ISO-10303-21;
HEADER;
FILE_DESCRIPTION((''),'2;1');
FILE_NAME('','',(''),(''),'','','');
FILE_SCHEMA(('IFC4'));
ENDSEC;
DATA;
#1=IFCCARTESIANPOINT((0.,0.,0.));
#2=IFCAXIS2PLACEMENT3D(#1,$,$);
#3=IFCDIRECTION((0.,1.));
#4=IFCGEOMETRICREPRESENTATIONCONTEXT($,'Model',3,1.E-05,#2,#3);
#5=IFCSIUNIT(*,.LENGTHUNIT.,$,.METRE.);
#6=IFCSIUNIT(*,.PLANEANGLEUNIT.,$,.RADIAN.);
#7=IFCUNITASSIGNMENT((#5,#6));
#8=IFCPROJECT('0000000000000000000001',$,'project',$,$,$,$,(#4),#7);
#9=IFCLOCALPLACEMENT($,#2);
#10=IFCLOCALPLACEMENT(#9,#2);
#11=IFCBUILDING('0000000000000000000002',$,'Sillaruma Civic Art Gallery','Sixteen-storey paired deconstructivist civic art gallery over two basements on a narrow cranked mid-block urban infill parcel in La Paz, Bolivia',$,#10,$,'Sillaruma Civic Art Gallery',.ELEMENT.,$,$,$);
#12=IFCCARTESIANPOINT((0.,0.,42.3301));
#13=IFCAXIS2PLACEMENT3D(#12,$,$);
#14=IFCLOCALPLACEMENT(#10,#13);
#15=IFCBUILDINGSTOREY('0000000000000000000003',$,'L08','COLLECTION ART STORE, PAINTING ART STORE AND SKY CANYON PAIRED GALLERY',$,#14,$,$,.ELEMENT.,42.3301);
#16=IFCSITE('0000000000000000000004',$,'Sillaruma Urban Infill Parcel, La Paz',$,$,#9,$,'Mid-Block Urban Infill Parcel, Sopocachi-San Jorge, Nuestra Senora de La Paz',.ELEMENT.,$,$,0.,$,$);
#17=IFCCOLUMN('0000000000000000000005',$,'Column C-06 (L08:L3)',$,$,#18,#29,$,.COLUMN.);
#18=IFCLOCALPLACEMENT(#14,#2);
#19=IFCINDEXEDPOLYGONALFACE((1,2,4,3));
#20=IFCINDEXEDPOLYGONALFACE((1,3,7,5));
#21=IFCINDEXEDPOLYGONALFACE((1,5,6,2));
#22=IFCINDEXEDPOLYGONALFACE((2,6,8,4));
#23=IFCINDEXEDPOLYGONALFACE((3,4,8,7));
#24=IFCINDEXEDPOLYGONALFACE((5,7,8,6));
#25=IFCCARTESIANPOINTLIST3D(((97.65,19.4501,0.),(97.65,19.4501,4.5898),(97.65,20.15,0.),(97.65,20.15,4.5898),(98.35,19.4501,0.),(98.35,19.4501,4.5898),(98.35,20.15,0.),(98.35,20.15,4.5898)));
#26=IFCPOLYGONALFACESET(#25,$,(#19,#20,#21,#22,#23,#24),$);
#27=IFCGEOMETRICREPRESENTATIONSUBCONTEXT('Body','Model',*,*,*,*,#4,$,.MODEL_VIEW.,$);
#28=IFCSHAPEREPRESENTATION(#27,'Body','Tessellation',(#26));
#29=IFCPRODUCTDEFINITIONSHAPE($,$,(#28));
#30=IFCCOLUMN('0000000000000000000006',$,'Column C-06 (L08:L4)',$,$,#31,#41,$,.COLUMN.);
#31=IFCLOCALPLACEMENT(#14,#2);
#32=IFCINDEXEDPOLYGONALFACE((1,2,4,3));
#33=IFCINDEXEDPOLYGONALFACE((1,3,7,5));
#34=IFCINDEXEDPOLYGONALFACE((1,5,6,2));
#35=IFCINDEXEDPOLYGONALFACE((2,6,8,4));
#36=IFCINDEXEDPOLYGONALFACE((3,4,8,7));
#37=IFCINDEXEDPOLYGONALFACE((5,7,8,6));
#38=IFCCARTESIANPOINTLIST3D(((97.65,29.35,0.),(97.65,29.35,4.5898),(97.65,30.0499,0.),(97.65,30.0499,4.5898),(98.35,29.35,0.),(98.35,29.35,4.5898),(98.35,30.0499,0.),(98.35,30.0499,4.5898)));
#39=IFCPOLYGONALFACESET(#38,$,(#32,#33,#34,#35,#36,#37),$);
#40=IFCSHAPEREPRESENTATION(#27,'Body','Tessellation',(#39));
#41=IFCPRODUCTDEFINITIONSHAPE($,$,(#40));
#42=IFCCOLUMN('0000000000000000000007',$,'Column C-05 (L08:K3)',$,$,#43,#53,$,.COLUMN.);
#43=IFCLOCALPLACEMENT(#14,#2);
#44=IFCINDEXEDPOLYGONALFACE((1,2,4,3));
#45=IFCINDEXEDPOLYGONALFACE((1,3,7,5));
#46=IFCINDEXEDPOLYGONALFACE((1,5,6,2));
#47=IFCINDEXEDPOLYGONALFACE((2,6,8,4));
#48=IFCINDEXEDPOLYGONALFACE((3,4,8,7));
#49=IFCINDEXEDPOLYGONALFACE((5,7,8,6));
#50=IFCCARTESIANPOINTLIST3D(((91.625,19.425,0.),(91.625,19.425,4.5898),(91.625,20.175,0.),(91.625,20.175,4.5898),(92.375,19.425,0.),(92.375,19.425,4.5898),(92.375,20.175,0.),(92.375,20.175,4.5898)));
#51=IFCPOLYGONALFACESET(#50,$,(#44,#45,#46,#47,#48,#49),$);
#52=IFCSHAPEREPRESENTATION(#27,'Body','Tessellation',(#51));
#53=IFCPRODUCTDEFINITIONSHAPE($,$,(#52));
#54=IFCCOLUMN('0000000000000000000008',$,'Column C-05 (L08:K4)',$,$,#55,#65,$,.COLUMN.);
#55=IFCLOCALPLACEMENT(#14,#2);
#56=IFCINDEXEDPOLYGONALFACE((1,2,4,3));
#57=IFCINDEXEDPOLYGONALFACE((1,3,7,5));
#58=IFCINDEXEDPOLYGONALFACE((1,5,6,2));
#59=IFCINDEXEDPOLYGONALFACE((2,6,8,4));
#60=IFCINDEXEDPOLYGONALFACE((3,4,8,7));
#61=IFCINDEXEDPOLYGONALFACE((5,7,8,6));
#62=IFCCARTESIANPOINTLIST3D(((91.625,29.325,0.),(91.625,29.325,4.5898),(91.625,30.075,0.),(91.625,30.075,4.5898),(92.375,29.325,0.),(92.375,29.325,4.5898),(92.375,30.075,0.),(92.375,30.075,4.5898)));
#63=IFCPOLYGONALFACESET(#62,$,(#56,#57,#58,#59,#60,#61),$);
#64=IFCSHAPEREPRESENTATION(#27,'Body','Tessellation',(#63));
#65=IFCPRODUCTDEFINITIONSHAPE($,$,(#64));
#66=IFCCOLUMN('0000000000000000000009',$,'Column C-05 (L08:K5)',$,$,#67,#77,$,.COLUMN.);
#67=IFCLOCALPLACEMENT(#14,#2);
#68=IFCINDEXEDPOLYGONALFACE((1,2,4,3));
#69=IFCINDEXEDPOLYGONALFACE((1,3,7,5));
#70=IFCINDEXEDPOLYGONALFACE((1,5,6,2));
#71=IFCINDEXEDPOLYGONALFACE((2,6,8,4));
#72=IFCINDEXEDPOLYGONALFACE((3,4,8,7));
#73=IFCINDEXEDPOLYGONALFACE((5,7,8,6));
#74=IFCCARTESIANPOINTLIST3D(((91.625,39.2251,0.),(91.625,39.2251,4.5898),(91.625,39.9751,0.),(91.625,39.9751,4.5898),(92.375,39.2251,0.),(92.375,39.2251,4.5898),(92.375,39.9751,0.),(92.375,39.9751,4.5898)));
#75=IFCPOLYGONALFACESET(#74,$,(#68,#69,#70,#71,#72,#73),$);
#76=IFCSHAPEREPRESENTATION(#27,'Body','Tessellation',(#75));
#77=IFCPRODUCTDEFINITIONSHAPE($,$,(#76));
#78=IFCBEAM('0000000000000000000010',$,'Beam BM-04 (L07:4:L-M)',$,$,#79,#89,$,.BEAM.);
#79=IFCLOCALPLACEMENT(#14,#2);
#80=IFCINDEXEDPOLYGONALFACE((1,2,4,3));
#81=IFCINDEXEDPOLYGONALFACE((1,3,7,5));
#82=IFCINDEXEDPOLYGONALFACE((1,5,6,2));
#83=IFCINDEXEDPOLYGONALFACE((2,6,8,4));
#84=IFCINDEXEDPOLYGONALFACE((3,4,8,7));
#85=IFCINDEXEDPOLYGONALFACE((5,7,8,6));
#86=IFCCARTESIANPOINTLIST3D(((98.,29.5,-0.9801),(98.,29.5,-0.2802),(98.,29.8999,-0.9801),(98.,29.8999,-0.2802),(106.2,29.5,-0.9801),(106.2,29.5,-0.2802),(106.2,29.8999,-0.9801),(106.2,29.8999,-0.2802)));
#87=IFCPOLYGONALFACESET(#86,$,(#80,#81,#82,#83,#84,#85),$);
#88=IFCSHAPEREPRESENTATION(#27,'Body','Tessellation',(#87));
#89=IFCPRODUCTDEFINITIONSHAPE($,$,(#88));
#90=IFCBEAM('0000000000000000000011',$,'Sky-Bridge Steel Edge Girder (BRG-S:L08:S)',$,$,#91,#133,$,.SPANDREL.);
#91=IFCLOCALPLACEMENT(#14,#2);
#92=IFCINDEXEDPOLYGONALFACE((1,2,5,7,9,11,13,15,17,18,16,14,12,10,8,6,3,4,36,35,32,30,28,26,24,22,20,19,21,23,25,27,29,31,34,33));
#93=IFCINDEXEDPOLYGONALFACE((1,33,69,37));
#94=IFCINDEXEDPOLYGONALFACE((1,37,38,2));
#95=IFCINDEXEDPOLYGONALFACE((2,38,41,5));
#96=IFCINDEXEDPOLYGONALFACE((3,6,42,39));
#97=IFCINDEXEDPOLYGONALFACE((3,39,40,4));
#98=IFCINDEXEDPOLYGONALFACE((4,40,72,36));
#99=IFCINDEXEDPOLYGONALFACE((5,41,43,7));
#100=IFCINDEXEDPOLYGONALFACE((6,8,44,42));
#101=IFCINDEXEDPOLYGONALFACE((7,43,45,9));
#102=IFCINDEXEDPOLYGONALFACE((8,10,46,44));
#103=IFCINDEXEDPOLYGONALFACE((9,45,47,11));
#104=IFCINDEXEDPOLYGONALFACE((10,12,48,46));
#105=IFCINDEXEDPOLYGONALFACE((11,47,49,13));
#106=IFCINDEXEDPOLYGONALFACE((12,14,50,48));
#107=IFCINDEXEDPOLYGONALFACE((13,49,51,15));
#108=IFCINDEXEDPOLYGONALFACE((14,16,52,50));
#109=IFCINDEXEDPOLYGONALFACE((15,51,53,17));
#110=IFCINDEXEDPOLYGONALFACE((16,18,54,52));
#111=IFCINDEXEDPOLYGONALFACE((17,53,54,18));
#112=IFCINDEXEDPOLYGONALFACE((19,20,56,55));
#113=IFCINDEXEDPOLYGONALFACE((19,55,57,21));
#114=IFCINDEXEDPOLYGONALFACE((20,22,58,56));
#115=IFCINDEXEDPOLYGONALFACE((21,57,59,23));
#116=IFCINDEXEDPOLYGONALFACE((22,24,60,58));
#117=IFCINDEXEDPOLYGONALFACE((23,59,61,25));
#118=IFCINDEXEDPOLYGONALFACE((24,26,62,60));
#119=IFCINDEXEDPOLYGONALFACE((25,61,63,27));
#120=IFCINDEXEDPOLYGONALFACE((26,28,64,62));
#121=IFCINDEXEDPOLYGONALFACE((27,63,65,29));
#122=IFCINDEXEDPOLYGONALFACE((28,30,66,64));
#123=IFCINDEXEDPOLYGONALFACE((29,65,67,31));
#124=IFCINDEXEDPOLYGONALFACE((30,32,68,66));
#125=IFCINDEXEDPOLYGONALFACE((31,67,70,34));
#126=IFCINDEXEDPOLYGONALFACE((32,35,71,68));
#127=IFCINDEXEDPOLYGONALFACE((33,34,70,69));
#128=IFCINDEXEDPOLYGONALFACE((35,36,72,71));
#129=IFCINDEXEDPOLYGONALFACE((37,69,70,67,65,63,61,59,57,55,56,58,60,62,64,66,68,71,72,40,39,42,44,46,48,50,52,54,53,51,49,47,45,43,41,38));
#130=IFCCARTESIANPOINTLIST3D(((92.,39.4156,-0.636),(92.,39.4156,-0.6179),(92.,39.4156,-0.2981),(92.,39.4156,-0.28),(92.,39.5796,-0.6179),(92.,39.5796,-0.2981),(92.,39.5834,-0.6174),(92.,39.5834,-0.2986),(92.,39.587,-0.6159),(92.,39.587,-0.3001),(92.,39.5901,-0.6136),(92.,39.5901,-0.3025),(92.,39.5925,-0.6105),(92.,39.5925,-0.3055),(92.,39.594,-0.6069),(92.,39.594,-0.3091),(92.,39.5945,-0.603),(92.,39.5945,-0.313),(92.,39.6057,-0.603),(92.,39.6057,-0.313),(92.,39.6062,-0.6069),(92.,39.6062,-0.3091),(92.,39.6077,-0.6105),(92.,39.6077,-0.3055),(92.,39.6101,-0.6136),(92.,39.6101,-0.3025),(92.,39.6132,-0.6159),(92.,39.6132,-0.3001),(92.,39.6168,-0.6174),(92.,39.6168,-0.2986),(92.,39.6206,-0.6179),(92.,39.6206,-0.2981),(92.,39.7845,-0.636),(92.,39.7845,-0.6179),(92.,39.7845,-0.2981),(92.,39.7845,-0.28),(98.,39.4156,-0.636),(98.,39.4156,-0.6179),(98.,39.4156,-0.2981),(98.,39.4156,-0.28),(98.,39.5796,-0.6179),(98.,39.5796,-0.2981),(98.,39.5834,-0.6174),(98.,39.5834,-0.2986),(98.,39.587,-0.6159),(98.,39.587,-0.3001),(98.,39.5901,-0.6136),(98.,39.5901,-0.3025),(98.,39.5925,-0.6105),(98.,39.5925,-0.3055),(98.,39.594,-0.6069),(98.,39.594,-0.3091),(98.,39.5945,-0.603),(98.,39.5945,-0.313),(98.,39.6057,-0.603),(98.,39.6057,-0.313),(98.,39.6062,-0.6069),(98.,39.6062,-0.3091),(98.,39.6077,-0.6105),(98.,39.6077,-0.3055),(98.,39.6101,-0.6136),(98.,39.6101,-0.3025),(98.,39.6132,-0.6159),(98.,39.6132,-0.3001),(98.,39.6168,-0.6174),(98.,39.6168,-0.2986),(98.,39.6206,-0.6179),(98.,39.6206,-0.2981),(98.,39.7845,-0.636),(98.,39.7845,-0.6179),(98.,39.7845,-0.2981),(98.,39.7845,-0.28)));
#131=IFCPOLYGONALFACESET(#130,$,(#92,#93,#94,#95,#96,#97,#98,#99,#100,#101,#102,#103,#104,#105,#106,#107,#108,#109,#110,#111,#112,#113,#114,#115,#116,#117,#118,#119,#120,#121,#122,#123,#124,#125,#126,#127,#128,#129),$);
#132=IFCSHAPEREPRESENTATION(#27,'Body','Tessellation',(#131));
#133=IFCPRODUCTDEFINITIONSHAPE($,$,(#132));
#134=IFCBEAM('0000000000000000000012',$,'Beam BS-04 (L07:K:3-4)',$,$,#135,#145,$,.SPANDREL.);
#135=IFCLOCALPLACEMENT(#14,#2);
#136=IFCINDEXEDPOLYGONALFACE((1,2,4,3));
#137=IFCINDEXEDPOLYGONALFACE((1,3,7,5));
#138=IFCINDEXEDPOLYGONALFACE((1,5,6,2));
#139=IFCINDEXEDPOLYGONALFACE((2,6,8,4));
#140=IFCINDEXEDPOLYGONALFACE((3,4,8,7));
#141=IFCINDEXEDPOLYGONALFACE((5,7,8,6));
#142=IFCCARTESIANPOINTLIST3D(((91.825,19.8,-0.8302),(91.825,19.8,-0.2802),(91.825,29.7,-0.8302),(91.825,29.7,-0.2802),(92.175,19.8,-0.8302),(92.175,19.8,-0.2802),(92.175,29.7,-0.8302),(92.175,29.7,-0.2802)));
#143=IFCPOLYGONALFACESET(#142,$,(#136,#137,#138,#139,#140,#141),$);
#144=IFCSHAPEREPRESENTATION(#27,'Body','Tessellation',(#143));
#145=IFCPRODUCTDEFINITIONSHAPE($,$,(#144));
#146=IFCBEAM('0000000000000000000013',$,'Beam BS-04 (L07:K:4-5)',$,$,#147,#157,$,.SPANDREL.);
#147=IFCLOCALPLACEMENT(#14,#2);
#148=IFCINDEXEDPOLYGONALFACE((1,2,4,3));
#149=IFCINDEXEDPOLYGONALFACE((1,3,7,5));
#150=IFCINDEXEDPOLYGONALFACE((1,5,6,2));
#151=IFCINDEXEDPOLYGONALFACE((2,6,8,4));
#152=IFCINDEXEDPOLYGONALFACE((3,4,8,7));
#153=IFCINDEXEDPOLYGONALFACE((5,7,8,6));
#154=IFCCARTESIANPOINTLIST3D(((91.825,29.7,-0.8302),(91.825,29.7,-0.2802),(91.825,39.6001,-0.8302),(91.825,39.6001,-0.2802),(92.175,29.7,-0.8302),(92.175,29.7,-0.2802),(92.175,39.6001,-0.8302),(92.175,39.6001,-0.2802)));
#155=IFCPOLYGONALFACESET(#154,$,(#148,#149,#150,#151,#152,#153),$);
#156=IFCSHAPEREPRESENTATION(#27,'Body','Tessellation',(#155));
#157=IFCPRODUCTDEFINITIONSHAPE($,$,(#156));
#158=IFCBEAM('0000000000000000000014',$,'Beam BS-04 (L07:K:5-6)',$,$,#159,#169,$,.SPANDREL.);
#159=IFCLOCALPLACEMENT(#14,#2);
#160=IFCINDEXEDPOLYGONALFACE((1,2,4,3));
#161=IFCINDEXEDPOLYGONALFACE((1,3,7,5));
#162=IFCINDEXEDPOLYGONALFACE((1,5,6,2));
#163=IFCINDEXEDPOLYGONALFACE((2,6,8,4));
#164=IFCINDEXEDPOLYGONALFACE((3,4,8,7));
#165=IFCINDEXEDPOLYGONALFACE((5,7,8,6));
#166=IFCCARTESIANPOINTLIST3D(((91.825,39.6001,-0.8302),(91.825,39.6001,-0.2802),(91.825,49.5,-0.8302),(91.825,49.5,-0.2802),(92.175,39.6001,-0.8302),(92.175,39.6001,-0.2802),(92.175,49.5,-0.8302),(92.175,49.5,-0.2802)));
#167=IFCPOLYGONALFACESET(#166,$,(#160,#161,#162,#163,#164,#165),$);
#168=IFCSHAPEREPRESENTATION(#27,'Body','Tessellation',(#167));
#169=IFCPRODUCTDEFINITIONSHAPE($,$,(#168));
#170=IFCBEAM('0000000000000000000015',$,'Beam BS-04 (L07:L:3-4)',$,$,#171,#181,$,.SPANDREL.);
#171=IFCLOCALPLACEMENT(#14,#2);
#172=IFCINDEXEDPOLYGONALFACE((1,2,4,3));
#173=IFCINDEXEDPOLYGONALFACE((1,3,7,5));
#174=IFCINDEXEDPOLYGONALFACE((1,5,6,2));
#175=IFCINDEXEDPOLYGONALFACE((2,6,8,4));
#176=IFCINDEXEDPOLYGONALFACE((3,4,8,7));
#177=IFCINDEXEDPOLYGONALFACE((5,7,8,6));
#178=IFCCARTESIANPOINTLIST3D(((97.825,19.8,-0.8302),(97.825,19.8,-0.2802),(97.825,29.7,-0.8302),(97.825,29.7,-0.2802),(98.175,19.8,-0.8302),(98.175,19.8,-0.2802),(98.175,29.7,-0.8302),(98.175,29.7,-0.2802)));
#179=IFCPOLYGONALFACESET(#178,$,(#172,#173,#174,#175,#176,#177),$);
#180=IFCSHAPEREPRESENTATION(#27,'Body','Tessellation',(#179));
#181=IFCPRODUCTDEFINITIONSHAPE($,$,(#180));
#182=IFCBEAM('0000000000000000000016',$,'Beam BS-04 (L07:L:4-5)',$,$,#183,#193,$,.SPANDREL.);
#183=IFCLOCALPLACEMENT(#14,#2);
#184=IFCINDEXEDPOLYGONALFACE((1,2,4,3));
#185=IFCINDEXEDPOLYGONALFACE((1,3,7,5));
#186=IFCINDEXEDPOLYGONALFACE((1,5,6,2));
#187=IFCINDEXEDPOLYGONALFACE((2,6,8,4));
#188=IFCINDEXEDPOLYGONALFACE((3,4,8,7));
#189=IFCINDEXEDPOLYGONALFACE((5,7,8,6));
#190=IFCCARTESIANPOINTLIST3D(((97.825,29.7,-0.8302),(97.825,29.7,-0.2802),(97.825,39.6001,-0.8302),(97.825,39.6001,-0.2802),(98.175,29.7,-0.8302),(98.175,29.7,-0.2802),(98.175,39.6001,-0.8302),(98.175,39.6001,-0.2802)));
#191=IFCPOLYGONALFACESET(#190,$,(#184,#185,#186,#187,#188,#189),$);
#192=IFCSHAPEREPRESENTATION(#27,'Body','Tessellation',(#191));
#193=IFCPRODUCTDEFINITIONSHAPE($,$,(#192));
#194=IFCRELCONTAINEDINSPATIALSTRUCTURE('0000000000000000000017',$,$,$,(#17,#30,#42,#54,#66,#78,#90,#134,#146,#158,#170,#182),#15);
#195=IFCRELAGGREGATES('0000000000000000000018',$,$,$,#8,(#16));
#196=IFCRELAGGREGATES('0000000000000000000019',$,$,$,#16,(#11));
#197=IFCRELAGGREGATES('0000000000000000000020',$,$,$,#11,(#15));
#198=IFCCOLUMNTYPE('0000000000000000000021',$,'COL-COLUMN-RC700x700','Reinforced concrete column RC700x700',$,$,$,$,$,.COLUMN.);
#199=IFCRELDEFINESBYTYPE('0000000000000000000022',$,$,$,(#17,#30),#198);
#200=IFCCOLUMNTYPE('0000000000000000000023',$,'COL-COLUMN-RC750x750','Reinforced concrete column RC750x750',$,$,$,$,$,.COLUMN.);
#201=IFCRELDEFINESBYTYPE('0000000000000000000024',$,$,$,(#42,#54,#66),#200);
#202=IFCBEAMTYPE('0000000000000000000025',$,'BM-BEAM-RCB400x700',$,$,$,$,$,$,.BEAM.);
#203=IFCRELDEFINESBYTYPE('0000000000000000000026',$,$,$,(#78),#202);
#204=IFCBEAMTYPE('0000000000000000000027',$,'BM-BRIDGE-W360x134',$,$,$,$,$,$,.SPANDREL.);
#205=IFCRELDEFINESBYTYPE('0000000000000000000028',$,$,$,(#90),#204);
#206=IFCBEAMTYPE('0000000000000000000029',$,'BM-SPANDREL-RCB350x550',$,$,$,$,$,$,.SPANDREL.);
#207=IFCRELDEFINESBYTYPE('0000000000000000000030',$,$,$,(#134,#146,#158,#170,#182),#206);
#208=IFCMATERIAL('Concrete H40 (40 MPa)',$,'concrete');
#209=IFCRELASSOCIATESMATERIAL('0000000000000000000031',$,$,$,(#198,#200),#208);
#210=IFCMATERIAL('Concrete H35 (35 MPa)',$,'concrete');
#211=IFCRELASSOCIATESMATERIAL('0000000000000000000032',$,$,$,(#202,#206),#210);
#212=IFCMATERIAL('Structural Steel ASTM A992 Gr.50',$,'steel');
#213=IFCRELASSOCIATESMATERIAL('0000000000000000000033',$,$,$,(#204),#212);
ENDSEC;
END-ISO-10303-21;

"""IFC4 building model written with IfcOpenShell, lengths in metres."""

from ifc_helpers import new_model, si_unit, direction, frame, origin, origin_2d, place, context, subcontext, project, spatial, rectangle, i_section, extrude, material, material_profile, profile_set, type_object, element, save


model = new_model("IFC4")

# Units and contexts
model_context = context("Model", 3, precision=1e-05, world=origin(), true_north=direction((0.0, 1.0)))
body_context = subcontext(model_context, "Body", "Model", "MODEL_VIEW")
ifc_project = project(units=[si_unit("LENGTHUNIT", "METRE"), si_unit("PLANEANGLEUNIT", "RADIAN")], contexts=[model_context])

# Site, building, storey
site_placement = place(None, origin())
site = spatial("IfcSite", under=ifc_project, at=site_placement, Name="Sillaruma Urban Infill Parcel, La Paz", LongName="Mid-Block Urban Infill Parcel, Sopocachi-San Jorge, Nuestra Senora de La Paz", CompositionType="ELEMENT", RefElevation=0.0)
building_placement = place(site_placement, origin())
building = spatial("IfcBuilding", under=site, at=building_placement, Name="Sillaruma Civic Art Gallery", Description="Sixteen-storey paired deconstructivist civic art gallery over two basements on a narrow cranked mid-block urban infill parcel in La Paz, Bolivia", LongName="Sillaruma Civic Art Gallery", CompositionType="ELEMENT")
storey_placement = place(building_placement, frame((0.0, 0.0, 42.3301)))
storey = spatial("IfcBuildingStorey", under=building, at=storey_placement, Name="L08", Description="COLLECTION ART STORE, PAINTING ART STORE AND SKY CANYON PAIRED GALLERY", CompositionType="ELEMENT", Elevation=42.3301)

# Columns
ifc_material_1 = material(Name="Concrete H40 (40 MPa)", Category="concrete")
ifc_material_profile_1 = material_profile(ifc_material_1, rectangle(XDim=0.7, YDim=0.7, at=origin_2d()), Name="RC700x700")
ifc_profile_set_1 = profile_set([ifc_material_profile_1], Name="Concrete H40 (40 MPa)")
column_type_1 = type_object("IfcColumnType", Name="COL-COLUMN-RC700x700", Description="Reinforced concrete column RC700x700", PredefinedType="COLUMN", material=ifc_profile_set_1)
for number, where, z_axis, x_axis, name in (
    (1, (98.0, 19.8, 0.0), (0.0, 0.0, 1.0), (1.0, 0.0, 0.0), "Column C-06 (L08:L3)"),
    (2, (98.0, 29.7, 0.0), (0.0, 0.0, 1.0), (1.0, 0.0, 0.0), "Column C-06 (L08:L4)"),
):
    element("IfcColumn", number, at=place(storey_placement, frame(where, z_axis=z_axis, x_axis=x_axis)), inside=storey, type_object=column_type_1, Name=name, PredefinedType="COLUMN", context=body_context, shape_type="SweptSolid", body=[
        extrude(rectangle(XDim=0.7, YDim=0.7, at=origin_2d()), origin(), (0.0, 0.0, 1.0), 4.5898),
    ])
ifc_material_profile_2 = material_profile(ifc_material_1, rectangle(XDim=0.75, YDim=0.75, at=origin_2d()), Name="RC750x750")
ifc_profile_set_2 = profile_set([ifc_material_profile_2], Name="Concrete H40 (40 MPa)")
column_type_2 = type_object("IfcColumnType", Name="COL-COLUMN-RC750x750", Description="Reinforced concrete column RC750x750", PredefinedType="COLUMN", material=ifc_profile_set_2)
for number, where, z_axis, x_axis, name in (
    (3, (92.0, 19.8, 0.0), (0.0, 0.0, 1.0), (1.0, 0.0, 0.0), "Column C-05 (L08:K3)"),
    (4, (92.0, 29.7, 0.0), (0.0, 0.0, 1.0), (1.0, 0.0, 0.0), "Column C-05 (L08:K4)"),
    (5, (92.0, 39.6001, 0.0), (0.0, 0.0, 1.0), (1.0, 0.0, 0.0), "Column C-05 (L08:K5)"),
):
    element("IfcColumn", number, at=place(storey_placement, frame(where, z_axis=z_axis, x_axis=x_axis)), inside=storey, type_object=column_type_2, Name=name, PredefinedType="COLUMN", context=body_context, shape_type="SweptSolid", body=[
        extrude(rectangle(XDim=0.75, YDim=0.75, at=origin_2d()), origin(), (0.0, 0.0, 1.0), 4.5898),
    ])

# Beams
ifc_material_2 = material(Name="Concrete H35 (35 MPa)", Category="concrete")
ifc_material_profile_3 = material_profile(ifc_material_2, rectangle(XDim=0.3999, YDim=0.7, at=origin_2d()), Name="RCB400x700")
ifc_profile_set_3 = profile_set([ifc_material_profile_3], Name="Concrete H35 (35 MPa)")
beam_type_1 = type_object("IfcBeamType", Name="BM-BEAM-RCB400x700", PredefinedType="BEAM", material=ifc_profile_set_3)
beam_1_placement = place(storey_placement, frame((98.0, 29.7, -0.6301), z_axis=(1.0, 0.0, 0.0), x_axis=(0.0, 1.0, 0.0)))
element("IfcBeam", 6, at=beam_1_placement, inside=storey, type_object=beam_type_1, Name="Beam BM-04 (L07:4:L-M)", PredefinedType="BEAM", context=body_context, shape_type="SweptSolid", body=[
    extrude(rectangle(XDim=0.3999, YDim=0.7, at=origin_2d()), origin(), (0.0, 0.0, 1.0), 8.2),
])
ifc_material_3 = material(Name="Structural Steel ASTM A992 Gr.50", Category="steel")
ifc_material_profile_4 = material_profile(ifc_material_3, i_section(OverallWidth=0.3689, OverallDepth=0.356, WebThickness=0.0112, FlangeThickness=0.0181, FilletRadius=0.0149, at=origin_2d()), Name="W360x134")
ifc_profile_set_4 = profile_set([ifc_material_profile_4], Name="Structural Steel ASTM A992 Gr.50")
beam_type_2 = type_object("IfcBeamType", Name="BM-BRIDGE-W360x134", PredefinedType="SPANDREL", material=ifc_profile_set_4)
beam_2_placement = place(storey_placement, frame((92.0, 39.6001, -0.458), z_axis=(1.0, 0.0, 0.0), x_axis=(0.0, 1.0, 0.0)))
element("IfcBeam", 7, at=beam_2_placement, inside=storey, type_object=beam_type_2, Name="Sky-Bridge Steel Edge Girder (BRG-S:L08:S)", PredefinedType="SPANDREL", context=body_context, shape_type="SweptSolid", body=[
    extrude(i_section(OverallWidth=0.3689, OverallDepth=0.356, WebThickness=0.0112, FlangeThickness=0.0181, FilletRadius=0.0149, at=origin_2d()), origin(), (0.0, 0.0, 1.0), 6.0),
])
ifc_material_profile_5 = material_profile(ifc_material_2, rectangle(XDim=0.3501, YDim=0.55, at=origin_2d()), Name="RCB350x550")
ifc_profile_set_5 = profile_set([ifc_material_profile_5], Name="Concrete H35 (35 MPa)")
beam_type_3 = type_object("IfcBeamType", Name="BM-SPANDREL-RCB350x550", PredefinedType="SPANDREL", material=ifc_profile_set_5)
beam_3_placement = place(storey_placement, frame((92.0, 19.8, -0.5552), z_axis=(0.0, 1.0, 0.0), x_axis=(-1.0, 0.0, 0.0)))
element("IfcBeam", 8, at=beam_3_placement, inside=storey, type_object=beam_type_3, Name="Beam BS-04 (L07:K:3-4)", PredefinedType="SPANDREL", context=body_context, shape_type="SweptSolid", body=[
    extrude(rectangle(XDim=0.3501, YDim=0.55, at=origin_2d()), origin(), (0.0, 0.0, 1.0), 9.8999),
])
beam_4_placement = place(storey_placement, frame((92.0, 29.7, -0.5552), z_axis=(0.0, 1.0, 0.0), x_axis=(-1.0, 0.0, 0.0)))
element("IfcBeam", 9, at=beam_4_placement, inside=storey, type_object=beam_type_3, Name="Beam BS-04 (L07:K:4-5)", PredefinedType="SPANDREL", context=body_context, shape_type="SweptSolid", body=[
    extrude(rectangle(XDim=0.3501, YDim=0.55, at=origin_2d()), origin(), (0.0, 0.0, 1.0), 9.9001),
])
for number, where, z_axis, x_axis, name in (
    (10, (92.0, 39.6001, -0.5552), (0.0, 1.0, 0.0), (-1.0, 0.0, 0.0), "Beam BS-04 (L07:K:5-6)"),
    (11, (98.0, 19.8, -0.5552), (0.0, 1.0, 0.0), (-1.0, 0.0, 0.0), "Beam BS-04 (L07:L:3-4)"),
):
    element("IfcBeam", number, at=place(storey_placement, frame(where, z_axis=z_axis, x_axis=x_axis)), inside=storey, type_object=beam_type_3, Name=name, PredefinedType="SPANDREL", context=body_context, shape_type="SweptSolid", body=[
        extrude(rectangle(XDim=0.3501, YDim=0.55, at=origin_2d()), origin(), (0.0, 0.0, 1.0), 9.8999),
    ])
beam_5_placement = place(storey_placement, frame((98.0, 29.7, -0.5552), z_axis=(0.0, 1.0, 0.0), x_axis=(-1.0, 0.0, 0.0)))
element("IfcBeam", 12, at=beam_5_placement, inside=storey, type_object=beam_type_3, Name="Beam BS-04 (L07:L:4-5)", PredefinedType="SPANDREL", context=body_context, shape_type="SweptSolid", body=[
    extrude(rectangle(XDim=0.3501, YDim=0.55, at=origin_2d()), origin(), (0.0, 0.0, 1.0), 9.9001),
])

save(model, "model.ifc")
